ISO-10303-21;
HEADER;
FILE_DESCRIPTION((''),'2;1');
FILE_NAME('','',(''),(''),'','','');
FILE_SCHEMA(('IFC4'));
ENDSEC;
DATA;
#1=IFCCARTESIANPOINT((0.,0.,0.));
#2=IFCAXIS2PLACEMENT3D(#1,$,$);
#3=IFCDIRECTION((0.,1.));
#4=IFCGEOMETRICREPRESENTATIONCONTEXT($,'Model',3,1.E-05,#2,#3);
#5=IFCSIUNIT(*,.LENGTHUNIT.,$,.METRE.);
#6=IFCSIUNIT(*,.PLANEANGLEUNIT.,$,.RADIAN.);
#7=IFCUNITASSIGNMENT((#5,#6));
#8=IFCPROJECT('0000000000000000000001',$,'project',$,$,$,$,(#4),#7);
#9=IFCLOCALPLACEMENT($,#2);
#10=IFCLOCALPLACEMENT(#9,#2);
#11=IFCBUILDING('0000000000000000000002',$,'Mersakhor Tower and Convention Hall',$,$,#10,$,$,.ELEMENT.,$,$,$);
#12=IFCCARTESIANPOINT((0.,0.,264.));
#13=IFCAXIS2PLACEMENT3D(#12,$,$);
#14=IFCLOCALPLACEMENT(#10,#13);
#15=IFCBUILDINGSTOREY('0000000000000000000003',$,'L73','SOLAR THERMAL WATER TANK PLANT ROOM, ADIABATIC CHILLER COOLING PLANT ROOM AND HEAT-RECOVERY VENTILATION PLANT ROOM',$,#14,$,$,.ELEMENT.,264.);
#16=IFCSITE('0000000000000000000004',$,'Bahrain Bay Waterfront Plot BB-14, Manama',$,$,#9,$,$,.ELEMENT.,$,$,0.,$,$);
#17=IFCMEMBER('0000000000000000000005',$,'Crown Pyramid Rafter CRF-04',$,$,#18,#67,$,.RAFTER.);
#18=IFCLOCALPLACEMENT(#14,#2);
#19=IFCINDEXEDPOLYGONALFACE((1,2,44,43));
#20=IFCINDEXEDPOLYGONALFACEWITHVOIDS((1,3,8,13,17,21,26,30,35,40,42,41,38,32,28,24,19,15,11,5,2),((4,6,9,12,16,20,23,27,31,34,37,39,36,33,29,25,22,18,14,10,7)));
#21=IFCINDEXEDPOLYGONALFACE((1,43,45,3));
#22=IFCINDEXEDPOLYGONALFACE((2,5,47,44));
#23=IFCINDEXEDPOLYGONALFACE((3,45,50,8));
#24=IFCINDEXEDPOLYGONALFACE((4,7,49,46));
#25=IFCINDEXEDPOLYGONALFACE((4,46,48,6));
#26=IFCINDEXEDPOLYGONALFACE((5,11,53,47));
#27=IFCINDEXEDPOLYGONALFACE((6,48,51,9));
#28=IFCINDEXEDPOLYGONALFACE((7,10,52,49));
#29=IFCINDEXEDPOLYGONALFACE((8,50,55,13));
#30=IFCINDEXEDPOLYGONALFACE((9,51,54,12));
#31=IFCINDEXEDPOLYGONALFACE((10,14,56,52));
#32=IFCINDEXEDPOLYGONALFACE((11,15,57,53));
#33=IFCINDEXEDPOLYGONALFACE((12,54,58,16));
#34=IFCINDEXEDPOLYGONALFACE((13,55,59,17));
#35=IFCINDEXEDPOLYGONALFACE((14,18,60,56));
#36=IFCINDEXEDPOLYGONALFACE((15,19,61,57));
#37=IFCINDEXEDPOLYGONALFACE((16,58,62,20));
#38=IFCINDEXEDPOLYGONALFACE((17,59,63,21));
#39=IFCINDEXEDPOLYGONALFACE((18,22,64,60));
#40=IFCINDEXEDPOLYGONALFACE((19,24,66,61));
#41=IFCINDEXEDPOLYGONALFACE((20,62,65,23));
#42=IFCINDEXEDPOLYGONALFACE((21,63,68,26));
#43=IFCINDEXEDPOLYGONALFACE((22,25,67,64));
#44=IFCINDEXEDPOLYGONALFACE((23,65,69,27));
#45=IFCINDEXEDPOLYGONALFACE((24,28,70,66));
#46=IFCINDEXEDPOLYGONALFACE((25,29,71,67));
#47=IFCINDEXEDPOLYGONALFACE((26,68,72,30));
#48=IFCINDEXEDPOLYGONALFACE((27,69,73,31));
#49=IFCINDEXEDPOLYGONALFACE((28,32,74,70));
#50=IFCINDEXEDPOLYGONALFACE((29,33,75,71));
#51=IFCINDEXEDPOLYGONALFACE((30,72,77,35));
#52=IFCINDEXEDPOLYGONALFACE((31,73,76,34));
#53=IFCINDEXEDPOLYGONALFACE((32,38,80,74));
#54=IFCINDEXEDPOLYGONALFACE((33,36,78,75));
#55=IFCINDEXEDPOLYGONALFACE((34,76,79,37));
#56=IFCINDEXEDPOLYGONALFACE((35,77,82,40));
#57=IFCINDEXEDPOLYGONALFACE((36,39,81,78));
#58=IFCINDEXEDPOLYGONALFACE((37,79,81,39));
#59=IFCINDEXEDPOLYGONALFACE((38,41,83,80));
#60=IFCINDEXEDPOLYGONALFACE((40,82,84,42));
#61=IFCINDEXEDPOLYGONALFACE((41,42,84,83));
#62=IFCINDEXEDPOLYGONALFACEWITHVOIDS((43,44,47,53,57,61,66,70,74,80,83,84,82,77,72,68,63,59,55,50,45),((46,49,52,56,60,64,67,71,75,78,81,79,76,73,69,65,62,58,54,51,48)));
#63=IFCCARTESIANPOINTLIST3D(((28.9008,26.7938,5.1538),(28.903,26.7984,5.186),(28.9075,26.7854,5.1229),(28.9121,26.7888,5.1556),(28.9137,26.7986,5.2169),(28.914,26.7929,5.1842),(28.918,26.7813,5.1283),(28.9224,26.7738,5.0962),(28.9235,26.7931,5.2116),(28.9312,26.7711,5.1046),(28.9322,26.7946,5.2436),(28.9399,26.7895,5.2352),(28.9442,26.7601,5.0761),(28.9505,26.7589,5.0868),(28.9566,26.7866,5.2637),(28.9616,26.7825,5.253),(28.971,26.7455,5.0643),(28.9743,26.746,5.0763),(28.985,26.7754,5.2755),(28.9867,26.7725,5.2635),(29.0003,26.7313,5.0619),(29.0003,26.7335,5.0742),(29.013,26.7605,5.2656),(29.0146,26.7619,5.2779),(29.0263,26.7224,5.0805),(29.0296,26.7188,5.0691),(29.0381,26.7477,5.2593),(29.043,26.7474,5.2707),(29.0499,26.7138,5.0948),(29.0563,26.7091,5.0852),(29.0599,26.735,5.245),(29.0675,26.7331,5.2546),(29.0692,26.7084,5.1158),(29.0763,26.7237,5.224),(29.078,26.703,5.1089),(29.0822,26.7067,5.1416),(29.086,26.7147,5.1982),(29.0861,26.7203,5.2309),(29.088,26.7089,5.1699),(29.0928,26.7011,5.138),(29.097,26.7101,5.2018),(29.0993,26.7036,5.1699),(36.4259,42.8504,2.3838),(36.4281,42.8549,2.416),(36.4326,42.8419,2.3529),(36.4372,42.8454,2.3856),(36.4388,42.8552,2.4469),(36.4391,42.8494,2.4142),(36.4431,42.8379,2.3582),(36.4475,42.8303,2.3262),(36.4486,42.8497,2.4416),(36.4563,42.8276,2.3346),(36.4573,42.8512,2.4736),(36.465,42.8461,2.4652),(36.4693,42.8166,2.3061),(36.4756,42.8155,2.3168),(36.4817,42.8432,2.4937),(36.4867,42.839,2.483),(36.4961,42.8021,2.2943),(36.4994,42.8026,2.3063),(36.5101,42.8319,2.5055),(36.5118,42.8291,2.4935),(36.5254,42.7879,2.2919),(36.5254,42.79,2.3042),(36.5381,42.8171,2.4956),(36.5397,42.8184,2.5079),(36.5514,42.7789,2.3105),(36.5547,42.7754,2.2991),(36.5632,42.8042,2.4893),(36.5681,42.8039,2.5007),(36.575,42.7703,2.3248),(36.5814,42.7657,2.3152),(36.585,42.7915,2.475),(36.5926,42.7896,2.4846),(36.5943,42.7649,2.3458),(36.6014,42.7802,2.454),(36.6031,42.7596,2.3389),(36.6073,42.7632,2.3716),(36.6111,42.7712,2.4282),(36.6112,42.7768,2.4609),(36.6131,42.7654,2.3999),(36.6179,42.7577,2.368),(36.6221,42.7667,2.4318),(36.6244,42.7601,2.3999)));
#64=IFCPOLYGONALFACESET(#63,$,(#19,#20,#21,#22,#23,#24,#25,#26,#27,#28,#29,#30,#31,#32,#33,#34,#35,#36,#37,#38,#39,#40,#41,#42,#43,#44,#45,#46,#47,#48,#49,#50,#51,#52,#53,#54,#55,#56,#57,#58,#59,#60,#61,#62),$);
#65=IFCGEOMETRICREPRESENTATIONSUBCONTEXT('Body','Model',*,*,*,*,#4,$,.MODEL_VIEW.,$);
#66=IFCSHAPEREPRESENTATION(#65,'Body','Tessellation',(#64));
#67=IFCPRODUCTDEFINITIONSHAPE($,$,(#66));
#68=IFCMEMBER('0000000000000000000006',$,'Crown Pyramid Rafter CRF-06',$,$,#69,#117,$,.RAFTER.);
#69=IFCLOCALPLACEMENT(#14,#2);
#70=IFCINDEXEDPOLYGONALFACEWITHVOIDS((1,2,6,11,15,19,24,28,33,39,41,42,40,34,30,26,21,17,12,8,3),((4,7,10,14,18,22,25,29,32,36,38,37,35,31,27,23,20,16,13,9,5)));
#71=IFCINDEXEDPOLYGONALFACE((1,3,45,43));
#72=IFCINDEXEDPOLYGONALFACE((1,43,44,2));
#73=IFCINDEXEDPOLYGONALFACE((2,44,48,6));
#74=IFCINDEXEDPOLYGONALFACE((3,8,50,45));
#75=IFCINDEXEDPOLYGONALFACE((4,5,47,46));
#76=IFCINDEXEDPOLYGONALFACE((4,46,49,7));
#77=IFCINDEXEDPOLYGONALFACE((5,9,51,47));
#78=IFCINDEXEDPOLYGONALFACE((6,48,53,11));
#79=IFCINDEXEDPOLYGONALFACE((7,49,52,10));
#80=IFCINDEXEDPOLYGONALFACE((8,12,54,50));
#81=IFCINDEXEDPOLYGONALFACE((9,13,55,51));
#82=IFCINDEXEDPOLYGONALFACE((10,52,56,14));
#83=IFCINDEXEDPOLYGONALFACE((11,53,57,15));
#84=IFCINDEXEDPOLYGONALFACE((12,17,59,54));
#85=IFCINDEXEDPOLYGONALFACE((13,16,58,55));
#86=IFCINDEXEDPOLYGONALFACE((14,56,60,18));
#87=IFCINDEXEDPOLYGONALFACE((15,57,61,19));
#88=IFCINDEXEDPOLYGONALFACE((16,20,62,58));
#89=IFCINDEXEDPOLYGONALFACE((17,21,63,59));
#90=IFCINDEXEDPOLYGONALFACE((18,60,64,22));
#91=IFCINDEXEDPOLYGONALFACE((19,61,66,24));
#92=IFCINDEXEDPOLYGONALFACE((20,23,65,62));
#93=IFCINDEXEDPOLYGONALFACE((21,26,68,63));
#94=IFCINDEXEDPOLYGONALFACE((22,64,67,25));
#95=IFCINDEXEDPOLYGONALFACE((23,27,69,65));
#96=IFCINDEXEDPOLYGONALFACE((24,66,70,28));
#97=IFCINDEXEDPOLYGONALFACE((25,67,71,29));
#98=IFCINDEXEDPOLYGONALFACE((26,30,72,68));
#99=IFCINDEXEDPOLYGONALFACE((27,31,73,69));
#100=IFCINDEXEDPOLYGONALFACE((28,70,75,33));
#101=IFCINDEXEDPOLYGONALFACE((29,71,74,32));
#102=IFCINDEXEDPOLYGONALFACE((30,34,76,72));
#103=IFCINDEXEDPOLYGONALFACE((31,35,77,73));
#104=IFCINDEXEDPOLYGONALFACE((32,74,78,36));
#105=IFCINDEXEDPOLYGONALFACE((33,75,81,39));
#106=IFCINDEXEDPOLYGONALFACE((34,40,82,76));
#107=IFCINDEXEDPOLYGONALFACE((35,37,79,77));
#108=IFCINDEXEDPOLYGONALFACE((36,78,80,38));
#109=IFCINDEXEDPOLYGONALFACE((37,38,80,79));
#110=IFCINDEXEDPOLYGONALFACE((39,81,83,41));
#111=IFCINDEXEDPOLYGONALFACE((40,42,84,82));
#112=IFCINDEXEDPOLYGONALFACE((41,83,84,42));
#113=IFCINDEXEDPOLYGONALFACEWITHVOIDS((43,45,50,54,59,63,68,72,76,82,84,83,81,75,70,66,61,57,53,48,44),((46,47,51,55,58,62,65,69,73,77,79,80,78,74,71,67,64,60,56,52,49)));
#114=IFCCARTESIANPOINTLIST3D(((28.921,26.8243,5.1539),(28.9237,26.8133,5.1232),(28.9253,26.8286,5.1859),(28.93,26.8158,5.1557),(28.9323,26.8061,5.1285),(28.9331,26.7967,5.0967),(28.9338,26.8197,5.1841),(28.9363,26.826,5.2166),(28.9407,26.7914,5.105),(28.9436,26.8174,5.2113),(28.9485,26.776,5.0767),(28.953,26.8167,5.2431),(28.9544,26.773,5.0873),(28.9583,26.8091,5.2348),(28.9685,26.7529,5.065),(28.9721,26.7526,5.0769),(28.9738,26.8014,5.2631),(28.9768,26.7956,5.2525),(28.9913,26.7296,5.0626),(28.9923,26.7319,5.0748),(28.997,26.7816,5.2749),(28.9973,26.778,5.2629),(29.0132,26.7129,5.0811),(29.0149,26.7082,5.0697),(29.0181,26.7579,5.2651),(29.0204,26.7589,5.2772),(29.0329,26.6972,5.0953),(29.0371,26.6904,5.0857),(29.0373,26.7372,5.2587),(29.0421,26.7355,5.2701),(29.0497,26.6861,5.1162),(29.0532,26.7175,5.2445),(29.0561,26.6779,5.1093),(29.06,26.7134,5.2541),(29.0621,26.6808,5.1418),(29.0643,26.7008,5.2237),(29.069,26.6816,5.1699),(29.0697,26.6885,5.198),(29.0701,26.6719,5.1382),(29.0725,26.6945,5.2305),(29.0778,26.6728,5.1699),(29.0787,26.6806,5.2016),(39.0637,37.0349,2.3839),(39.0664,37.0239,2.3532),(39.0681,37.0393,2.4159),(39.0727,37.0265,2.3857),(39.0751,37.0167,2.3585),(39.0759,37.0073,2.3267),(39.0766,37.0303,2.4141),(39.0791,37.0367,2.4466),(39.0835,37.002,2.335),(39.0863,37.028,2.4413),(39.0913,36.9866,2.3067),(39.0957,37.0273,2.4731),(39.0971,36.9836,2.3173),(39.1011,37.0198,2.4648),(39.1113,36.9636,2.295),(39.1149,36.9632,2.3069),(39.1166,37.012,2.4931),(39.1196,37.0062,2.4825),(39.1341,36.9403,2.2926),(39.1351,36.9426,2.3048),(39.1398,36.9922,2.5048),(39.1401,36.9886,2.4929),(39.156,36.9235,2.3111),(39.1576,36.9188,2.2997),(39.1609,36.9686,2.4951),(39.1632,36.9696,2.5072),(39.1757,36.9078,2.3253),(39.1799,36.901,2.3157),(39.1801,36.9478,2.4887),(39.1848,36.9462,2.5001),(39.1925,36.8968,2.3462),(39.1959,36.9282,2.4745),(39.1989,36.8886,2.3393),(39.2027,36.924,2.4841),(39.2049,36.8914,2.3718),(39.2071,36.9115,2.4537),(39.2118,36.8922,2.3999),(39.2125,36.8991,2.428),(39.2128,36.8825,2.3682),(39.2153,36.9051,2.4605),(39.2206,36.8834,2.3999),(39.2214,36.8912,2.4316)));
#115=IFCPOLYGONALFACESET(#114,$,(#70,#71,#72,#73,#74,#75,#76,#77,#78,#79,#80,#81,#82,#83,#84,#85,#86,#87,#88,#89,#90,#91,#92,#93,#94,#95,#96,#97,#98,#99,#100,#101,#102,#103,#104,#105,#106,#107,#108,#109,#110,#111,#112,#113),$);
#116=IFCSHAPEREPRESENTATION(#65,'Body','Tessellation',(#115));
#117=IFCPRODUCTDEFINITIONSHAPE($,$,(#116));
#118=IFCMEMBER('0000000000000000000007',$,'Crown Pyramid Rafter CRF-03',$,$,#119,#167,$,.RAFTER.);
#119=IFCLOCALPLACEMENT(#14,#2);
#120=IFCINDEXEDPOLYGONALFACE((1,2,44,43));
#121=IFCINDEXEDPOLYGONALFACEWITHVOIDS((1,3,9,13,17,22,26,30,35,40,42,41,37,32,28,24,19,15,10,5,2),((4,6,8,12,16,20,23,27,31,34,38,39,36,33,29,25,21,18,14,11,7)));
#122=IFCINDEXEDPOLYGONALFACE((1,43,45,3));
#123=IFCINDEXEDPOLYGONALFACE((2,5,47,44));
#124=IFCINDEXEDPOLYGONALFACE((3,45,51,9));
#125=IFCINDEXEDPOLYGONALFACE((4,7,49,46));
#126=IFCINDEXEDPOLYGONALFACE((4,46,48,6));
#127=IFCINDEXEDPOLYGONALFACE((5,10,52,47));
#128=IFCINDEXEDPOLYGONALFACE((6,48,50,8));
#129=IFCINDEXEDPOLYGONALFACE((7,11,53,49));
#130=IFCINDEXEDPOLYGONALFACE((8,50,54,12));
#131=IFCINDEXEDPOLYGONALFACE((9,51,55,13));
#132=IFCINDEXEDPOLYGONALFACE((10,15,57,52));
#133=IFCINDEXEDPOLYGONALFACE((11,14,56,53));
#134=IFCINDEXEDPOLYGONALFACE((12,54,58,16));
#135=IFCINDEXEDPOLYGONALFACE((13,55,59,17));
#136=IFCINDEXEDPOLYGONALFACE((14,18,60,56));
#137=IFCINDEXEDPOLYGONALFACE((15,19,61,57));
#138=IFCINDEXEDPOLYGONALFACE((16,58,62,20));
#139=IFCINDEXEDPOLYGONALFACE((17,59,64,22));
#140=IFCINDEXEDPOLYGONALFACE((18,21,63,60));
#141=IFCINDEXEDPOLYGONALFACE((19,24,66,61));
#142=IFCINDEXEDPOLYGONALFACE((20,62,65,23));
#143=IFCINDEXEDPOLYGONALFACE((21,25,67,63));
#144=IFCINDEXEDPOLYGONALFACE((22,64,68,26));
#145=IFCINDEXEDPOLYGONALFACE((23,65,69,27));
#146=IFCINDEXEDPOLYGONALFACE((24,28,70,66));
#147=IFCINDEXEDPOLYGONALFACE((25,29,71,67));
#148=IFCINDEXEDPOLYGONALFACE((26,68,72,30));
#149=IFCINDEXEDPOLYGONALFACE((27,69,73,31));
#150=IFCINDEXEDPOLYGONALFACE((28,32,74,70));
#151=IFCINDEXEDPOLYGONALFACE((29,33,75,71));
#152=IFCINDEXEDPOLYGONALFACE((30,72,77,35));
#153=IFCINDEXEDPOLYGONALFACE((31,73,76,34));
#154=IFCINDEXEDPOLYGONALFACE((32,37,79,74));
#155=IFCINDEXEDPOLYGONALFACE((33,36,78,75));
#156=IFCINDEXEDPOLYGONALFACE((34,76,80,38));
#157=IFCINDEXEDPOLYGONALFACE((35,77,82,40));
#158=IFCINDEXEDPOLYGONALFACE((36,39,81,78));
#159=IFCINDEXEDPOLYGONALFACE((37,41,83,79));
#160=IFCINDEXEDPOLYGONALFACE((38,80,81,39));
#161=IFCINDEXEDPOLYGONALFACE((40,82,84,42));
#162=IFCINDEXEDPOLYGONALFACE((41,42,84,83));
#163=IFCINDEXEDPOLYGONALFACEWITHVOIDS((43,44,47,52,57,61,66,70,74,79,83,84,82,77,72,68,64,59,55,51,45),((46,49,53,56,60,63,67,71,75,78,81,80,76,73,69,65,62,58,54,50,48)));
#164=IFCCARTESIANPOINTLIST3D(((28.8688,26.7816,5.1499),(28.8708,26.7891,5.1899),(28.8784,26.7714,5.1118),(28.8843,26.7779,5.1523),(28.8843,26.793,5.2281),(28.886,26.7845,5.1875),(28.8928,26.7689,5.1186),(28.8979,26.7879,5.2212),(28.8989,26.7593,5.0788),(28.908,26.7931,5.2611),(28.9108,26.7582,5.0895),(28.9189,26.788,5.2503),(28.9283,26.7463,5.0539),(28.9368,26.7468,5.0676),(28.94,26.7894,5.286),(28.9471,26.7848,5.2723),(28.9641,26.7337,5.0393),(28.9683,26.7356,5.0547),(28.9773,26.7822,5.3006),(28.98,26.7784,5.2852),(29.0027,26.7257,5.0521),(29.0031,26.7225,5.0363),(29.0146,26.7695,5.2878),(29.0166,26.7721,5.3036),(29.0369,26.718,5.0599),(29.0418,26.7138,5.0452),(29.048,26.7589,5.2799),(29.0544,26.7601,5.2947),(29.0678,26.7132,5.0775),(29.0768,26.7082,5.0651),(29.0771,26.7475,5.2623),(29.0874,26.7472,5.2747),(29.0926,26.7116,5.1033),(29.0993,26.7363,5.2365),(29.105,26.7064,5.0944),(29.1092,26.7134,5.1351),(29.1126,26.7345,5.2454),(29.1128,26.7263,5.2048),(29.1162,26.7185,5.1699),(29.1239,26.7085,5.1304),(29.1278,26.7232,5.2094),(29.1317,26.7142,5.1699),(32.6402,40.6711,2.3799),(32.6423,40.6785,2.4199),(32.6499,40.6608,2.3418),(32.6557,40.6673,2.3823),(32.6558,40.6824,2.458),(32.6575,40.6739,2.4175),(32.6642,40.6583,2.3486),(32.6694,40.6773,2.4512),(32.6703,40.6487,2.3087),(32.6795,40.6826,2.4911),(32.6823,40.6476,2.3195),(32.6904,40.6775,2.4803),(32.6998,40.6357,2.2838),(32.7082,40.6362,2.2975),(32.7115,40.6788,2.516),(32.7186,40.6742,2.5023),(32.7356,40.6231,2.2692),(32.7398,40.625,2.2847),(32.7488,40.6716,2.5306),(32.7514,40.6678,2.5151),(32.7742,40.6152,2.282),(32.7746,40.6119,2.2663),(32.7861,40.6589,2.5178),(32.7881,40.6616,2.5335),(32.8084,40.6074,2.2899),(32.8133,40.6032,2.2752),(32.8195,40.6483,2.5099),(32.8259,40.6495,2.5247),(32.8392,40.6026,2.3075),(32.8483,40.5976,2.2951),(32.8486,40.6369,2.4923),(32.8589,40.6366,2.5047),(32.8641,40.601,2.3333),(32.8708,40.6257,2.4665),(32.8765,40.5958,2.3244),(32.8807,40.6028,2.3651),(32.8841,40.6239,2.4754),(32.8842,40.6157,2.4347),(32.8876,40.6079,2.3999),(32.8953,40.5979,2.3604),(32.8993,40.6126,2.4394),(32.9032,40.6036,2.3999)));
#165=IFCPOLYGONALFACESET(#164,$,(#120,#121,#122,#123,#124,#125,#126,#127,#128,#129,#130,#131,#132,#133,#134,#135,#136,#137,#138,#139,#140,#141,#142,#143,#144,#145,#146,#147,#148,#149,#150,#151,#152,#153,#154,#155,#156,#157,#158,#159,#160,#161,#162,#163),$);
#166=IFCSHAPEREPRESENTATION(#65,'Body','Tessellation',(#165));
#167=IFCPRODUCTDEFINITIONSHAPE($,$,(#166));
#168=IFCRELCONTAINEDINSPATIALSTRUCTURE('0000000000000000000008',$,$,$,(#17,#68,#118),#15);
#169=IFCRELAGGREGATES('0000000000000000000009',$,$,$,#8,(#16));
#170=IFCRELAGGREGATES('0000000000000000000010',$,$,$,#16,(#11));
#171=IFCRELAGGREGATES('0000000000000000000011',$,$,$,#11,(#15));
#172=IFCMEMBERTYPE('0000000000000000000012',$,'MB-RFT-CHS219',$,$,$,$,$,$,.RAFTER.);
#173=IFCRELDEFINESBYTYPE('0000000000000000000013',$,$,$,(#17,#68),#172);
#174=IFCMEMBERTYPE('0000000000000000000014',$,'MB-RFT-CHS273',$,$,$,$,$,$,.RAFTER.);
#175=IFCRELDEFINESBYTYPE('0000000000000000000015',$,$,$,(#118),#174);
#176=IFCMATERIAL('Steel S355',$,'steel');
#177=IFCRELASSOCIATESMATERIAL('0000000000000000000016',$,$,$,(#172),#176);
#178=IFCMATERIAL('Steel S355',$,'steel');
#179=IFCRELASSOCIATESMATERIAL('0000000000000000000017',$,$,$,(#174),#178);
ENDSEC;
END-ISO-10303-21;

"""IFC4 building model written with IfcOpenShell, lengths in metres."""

from ifc_helpers import new_model, si_unit, direction, frame, origin, origin_2d, place, context, subcontext, project, spatial, hollow_circle, extrude, material, material_profile, profile_set, type_object, element, save


model = new_model("IFC4")

# Units and contexts
model_context = context("Model", 3, precision=1e-05, world=origin(), true_north=direction((0.0, 1.0)))
body_context = subcontext(model_context, "Body", "Model", "MODEL_VIEW")
ifc_project = project(units=[si_unit("LENGTHUNIT", "METRE"), si_unit("PLANEANGLEUNIT", "RADIAN")], contexts=[model_context])

# Site, building, storey
site_placement = place(None, origin())
site = spatial("IfcSite", under=ifc_project, at=site_placement, Name="Bahrain Bay Waterfront Plot BB-14, Manama", CompositionType="ELEMENT", RefElevation=0.0)
building_placement = place(site_placement, origin())
building = spatial("IfcBuilding", under=site, at=building_placement, Name="Mersakhor Tower and Convention Hall", CompositionType="ELEMENT")
storey_placement = place(building_placement, frame((0.0, 0.0, 264.0)))
storey = spatial("IfcBuildingStorey", under=building, at=storey_placement, Name="L73", Description="SOLAR THERMAL WATER TANK PLANT ROOM, ADIABATIC CHILLER COOLING PLANT ROOM AND HEAT-RECOVERY VENTILATION PLANT ROOM", CompositionType="ELEMENT", Elevation=264.0)

# Members
ifc_material_1 = material(Name="Steel S355", Category="steel")
ifc_material_profile_1 = material_profile(ifc_material_1, hollow_circle(Radius=0.1096, WallThickness=0.0125, at=origin_2d()), Name="CHS 219.1x12.5")
ifc_profile_set_1 = profile_set([ifc_material_profile_1], Name="Steel S355")
member_type_1 = type_object("IfcMemberType", Name="MB-RFT-CHS219", PredefinedType="RAFTER", material=ifc_profile_set_1)
member_1_placement = place(storey_placement, frame((36.5251, 42.8066, 2.3999), z_axis=(-0.419284, -0.89464, 0.154339), x_axis=(0.905489, -0.424369, 0.0)))
element("IfcMember", 1, at=member_1_placement, inside=storey, type_object=member_type_1, Name="Crown Pyramid Rafter CRF-04", PredefinedType="RAFTER", context=body_context, shape_type="SweptSolid", body=[
    extrude(hollow_circle(Radius=0.1096, WallThickness=0.0125, at=origin_2d()), origin(), (0.0, 0.0, 1.0), 17.9475),
])
member_2_placement = place(storey_placement, frame((39.1428, 36.9607, 2.3999), z_axis=(-0.692044, -0.696674, 0.188998), x_axis=(0.709461, -0.704745, 0.0)))
element("IfcMember", 2, at=member_2_placement, inside=storey, type_object=member_type_1, Name="Crown Pyramid Rafter CRF-06", PredefinedType="RAFTER", context=body_context, shape_type="SweptSolid", body=[
    extrude(hollow_circle(Radius=0.1096, WallThickness=0.0125, at=origin_2d()), origin(), (0.0, 0.0, 1.0), 14.6562),
])
ifc_material_2 = material(Name="Steel S355", Category="steel")
ifc_material_profile_2 = material_profile(ifc_material_2, hollow_circle(Radius=0.1365, WallThickness=0.0161, at=origin_2d()), Name="CHS 273x16")
ifc_profile_set_2 = profile_set([ifc_material_profile_2], Name="Steel S355")
member_type_2 = type_object("IfcMemberType", Name="MB-RFT-CHS273", PredefinedType="RAFTER", material=ifc_profile_set_2)
member_3_placement = place(storey_placement, frame((32.7715, 40.6394, 2.3999), z_axis=(-0.257325, -0.947662, 0.188996), x_axis=(0.965055, -0.262048, 0.0)))
element("IfcMember", 3, at=member_3_placement, inside=storey, type_object=member_type_2, Name="Crown Pyramid Rafter CRF-03", PredefinedType="RAFTER", context=body_context, shape_type="SweptSolid", body=[
    extrude(hollow_circle(Radius=0.1365, WallThickness=0.0161, at=origin_2d()), origin(), (0.0, 0.0, 1.0), 14.6565),
])

save(model, "model.ifc")
